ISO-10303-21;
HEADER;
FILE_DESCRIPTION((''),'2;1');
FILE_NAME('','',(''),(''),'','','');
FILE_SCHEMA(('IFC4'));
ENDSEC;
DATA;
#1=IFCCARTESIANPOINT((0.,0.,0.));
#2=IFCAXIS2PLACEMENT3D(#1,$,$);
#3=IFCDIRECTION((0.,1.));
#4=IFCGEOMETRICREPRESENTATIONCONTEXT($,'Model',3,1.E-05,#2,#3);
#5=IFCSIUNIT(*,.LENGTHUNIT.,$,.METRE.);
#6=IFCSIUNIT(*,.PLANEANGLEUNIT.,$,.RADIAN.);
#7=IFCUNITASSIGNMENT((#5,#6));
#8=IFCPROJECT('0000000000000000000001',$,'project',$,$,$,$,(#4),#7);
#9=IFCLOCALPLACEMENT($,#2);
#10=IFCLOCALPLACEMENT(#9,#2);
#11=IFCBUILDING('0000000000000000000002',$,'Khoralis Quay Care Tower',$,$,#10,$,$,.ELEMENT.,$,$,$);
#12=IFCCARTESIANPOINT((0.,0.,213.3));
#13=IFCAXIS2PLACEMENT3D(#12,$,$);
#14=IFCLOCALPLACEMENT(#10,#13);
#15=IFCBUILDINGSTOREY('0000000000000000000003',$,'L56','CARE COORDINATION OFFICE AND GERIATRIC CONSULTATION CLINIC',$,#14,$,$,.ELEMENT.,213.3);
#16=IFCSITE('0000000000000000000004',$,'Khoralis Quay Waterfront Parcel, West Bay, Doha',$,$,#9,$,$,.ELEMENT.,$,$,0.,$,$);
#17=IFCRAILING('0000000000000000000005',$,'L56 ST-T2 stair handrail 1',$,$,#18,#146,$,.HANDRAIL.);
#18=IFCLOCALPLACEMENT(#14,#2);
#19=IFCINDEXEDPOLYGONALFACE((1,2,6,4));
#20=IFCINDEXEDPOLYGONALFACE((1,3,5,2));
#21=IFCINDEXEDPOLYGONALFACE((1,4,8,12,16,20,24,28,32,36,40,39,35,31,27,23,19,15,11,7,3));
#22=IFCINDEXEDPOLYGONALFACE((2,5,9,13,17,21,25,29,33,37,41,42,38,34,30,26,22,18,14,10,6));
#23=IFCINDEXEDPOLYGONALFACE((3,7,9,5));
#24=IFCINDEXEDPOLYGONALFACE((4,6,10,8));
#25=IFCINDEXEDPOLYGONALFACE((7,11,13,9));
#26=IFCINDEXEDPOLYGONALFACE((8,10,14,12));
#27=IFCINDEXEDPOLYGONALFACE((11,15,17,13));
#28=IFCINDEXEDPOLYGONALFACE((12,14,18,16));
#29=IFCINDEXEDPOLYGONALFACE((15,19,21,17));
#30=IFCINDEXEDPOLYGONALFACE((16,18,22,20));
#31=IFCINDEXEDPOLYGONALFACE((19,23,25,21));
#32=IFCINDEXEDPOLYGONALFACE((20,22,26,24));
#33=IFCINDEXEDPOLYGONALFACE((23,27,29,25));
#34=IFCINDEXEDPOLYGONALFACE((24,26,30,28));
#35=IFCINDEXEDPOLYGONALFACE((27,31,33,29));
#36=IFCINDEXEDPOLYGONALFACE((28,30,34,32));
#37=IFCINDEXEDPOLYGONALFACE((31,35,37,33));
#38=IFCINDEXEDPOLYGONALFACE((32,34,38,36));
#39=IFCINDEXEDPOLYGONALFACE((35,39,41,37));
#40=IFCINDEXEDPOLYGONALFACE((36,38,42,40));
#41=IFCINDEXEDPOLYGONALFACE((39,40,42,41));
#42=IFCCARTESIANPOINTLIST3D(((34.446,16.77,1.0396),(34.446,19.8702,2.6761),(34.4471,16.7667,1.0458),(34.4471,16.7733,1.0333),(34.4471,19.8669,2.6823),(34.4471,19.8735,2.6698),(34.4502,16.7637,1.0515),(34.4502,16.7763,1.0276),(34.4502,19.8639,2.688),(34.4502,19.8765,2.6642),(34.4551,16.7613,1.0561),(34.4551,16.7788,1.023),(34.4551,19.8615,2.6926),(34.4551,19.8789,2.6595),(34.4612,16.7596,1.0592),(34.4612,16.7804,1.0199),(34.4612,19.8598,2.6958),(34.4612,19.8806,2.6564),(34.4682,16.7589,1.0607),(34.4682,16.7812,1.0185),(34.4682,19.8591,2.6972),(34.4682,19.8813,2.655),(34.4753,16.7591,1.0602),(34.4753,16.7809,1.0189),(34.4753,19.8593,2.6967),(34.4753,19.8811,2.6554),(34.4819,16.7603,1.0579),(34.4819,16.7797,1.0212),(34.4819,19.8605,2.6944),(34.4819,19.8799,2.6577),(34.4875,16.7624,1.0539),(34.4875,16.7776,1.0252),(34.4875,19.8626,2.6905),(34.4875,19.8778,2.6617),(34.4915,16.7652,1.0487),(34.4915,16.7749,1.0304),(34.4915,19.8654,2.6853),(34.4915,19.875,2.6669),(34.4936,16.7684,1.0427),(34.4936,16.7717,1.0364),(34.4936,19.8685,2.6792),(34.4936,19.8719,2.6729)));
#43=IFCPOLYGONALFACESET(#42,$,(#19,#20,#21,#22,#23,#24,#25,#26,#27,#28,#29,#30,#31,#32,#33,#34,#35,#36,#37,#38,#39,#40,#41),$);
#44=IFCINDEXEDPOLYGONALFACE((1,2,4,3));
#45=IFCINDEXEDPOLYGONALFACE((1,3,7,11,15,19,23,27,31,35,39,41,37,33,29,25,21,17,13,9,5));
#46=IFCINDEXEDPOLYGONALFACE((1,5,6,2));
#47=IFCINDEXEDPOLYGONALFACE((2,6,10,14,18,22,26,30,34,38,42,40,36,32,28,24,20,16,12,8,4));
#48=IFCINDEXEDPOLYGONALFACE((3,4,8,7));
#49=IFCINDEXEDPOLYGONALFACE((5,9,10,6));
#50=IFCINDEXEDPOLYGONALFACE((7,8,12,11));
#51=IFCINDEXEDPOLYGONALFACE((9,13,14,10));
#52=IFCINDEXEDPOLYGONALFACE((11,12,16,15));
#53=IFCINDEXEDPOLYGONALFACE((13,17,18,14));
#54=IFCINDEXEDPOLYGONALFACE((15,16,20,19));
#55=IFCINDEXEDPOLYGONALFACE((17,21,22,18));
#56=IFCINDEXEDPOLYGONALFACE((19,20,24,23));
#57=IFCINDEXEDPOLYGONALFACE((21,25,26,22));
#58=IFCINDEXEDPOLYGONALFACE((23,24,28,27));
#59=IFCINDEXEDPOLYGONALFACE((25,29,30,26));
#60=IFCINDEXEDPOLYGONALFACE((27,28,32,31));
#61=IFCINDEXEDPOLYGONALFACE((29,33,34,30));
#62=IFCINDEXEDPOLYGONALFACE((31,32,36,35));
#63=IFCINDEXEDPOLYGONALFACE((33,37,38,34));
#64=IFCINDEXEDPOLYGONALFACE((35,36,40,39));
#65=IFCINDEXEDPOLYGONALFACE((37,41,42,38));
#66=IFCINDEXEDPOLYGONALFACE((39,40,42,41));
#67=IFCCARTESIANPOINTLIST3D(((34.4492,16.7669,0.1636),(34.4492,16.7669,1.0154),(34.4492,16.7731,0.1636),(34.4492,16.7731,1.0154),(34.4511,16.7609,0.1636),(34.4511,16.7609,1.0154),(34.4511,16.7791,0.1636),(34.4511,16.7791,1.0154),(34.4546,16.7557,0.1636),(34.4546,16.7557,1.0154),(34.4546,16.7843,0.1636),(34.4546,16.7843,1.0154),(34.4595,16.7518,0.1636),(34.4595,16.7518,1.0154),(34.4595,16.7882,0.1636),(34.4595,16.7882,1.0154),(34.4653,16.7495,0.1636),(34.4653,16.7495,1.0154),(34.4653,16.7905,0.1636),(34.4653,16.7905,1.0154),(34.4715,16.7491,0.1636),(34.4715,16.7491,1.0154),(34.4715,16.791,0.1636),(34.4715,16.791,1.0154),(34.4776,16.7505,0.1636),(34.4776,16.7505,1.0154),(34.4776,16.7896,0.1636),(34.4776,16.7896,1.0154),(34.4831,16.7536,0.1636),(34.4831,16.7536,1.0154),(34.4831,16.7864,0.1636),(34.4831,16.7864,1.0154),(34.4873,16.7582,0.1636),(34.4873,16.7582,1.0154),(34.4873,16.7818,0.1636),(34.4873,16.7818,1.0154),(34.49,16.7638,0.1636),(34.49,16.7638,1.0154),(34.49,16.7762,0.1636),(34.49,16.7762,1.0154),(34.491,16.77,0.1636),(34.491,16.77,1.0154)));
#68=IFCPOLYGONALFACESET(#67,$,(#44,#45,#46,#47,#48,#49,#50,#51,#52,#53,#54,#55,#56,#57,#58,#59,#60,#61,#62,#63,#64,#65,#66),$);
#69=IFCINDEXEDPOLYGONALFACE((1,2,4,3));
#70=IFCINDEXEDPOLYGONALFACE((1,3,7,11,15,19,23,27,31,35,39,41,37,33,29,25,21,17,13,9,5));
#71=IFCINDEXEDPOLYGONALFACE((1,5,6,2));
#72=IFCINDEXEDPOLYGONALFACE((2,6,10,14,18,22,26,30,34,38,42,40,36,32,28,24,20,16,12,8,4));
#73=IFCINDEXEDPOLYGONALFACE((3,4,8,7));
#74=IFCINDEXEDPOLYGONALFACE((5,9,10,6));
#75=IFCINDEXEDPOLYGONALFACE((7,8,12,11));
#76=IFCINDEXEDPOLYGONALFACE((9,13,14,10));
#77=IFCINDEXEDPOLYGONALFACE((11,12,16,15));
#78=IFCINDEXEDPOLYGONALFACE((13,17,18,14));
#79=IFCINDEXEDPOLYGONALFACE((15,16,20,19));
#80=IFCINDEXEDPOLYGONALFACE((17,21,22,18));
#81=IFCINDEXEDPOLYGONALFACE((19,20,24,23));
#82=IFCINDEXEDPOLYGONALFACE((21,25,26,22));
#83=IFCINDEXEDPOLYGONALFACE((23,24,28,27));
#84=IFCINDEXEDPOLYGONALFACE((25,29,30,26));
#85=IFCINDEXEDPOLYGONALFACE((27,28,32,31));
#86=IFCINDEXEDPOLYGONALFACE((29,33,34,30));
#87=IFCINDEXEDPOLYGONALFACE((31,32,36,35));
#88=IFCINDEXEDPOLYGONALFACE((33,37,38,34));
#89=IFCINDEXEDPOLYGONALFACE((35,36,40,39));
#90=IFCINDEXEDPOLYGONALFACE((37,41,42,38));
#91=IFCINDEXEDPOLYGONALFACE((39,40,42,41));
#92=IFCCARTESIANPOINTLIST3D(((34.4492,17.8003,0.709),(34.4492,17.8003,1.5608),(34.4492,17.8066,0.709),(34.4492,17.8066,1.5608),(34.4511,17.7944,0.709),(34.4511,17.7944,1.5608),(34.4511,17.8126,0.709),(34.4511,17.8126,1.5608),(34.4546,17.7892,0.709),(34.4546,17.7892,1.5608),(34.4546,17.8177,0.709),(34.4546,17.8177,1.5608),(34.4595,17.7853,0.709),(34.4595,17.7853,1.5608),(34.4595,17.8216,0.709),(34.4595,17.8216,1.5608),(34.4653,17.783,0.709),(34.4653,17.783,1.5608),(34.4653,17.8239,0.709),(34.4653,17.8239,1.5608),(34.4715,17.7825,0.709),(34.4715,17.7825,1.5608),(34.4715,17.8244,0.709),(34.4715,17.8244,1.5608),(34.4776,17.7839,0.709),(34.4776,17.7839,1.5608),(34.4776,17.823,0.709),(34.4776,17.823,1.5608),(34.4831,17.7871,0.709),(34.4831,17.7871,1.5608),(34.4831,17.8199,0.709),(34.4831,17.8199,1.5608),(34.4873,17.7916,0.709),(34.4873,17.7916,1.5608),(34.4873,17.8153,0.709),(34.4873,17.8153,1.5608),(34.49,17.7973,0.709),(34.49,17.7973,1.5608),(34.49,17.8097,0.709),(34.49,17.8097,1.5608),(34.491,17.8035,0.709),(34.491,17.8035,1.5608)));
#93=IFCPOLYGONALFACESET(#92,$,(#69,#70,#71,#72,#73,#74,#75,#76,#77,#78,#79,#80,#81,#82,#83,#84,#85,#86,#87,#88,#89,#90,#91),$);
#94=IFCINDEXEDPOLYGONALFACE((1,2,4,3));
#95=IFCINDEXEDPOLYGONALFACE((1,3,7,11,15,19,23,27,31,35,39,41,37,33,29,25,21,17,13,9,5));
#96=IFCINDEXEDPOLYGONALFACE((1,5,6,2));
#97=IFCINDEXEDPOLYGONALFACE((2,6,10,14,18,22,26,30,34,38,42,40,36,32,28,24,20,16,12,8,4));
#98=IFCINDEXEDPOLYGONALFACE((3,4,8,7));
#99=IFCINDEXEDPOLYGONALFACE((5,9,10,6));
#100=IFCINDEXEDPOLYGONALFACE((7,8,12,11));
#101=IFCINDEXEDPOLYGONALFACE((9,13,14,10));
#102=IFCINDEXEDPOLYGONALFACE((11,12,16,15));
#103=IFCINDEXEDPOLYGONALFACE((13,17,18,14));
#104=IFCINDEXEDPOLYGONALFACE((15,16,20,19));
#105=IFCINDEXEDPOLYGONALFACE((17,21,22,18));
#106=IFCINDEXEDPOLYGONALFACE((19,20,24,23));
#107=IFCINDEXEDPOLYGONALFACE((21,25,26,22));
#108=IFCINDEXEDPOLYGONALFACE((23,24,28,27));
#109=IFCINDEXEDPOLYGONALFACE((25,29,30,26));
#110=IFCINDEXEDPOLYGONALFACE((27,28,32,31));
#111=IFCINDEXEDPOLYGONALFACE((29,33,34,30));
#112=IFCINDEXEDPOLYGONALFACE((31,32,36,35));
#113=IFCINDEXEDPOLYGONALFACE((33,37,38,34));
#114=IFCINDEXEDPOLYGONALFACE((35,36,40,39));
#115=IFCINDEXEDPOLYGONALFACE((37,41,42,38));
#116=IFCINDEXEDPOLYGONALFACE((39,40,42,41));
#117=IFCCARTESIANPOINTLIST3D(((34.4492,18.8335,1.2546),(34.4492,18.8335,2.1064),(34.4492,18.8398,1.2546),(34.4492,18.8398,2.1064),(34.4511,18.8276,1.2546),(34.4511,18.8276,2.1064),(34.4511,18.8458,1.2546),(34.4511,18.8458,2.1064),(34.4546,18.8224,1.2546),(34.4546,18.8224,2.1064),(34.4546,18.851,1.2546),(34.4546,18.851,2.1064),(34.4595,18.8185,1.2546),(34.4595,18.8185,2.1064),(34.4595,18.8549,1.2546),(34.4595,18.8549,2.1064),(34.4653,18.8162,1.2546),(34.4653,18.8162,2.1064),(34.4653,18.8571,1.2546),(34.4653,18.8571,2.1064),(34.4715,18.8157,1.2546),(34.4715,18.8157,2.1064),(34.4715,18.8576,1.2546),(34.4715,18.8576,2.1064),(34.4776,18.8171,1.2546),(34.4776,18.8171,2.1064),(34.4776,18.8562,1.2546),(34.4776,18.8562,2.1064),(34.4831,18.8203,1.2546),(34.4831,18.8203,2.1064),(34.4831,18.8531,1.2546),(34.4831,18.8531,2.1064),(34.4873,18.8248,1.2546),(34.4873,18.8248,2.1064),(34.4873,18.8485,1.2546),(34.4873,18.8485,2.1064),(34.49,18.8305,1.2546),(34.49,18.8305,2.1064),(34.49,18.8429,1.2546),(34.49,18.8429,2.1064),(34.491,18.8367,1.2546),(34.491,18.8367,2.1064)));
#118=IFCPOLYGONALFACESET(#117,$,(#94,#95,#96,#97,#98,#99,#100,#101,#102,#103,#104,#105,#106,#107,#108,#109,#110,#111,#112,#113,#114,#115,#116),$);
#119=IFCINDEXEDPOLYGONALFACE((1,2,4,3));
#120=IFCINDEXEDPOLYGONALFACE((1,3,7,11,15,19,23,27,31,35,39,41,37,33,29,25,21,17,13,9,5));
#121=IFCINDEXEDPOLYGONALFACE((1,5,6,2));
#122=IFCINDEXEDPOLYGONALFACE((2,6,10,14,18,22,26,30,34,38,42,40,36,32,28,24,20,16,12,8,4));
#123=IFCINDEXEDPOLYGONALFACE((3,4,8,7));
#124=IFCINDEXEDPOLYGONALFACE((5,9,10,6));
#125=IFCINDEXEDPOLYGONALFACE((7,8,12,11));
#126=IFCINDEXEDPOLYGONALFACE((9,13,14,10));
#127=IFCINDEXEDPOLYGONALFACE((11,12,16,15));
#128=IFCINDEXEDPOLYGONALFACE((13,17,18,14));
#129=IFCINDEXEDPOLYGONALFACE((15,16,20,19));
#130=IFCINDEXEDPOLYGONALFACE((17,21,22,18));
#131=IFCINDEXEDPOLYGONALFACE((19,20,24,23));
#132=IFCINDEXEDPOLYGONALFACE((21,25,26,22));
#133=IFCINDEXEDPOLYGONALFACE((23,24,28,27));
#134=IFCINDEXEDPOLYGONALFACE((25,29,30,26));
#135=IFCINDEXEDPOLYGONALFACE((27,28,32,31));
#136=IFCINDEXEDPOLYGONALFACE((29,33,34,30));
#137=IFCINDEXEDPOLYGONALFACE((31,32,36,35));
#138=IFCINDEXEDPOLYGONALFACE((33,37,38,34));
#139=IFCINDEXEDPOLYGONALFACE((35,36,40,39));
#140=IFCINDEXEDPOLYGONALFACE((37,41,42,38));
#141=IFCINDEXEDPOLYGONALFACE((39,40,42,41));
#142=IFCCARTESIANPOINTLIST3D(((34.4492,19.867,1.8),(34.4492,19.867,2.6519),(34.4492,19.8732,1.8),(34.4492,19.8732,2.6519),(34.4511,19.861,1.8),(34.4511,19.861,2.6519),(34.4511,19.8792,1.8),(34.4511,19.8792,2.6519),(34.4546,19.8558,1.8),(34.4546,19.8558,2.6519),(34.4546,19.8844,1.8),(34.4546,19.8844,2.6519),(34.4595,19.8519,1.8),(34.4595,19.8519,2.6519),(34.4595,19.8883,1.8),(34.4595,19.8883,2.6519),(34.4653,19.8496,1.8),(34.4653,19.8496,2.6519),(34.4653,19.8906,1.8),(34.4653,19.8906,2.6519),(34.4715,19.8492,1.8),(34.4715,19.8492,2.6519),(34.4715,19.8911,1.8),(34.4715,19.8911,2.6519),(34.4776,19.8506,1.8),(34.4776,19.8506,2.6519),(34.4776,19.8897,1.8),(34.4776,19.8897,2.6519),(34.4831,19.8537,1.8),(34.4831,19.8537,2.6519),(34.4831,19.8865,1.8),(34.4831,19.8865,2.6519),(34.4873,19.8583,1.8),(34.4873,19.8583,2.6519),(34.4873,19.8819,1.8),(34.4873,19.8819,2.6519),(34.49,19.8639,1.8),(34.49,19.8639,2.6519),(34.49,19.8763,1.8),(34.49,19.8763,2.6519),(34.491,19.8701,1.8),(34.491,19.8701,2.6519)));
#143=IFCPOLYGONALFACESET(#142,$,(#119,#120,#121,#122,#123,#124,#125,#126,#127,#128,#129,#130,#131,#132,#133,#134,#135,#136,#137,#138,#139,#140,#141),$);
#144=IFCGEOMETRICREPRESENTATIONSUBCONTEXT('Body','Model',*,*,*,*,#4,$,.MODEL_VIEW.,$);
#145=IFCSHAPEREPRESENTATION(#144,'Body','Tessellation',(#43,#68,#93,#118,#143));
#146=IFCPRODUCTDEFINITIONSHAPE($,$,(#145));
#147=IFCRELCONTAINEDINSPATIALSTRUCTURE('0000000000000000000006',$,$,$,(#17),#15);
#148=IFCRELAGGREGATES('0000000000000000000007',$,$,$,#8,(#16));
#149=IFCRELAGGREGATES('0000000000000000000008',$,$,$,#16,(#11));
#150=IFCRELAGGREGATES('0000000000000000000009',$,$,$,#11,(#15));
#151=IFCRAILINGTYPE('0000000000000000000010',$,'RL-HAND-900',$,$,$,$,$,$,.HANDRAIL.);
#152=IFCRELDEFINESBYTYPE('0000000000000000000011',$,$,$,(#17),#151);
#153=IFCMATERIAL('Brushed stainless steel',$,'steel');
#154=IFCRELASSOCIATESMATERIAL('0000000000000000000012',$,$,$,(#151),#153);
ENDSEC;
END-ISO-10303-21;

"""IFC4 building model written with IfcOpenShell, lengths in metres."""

from ifc_helpers import new_model, si_unit, direction, frame, origin, origin_2d, place, context, subcontext, project, spatial, circle, extrude, material, type_object, element, save


model = new_model("IFC4")

# Units and contexts
model_context = context("Model", 3, precision=1e-05, world=origin(), true_north=direction((0.0, 1.0)))
body_context = subcontext(model_context, "Body", "Model", "MODEL_VIEW")
ifc_project = project(units=[si_unit("LENGTHUNIT", "METRE"), si_unit("PLANEANGLEUNIT", "RADIAN")], contexts=[model_context])

# Site, building, storey
site_placement = place(None, origin())
site = spatial("IfcSite", under=ifc_project, at=site_placement, Name="Khoralis Quay Waterfront Parcel, West Bay, Doha", CompositionType="ELEMENT", RefElevation=0.0)
building_placement = place(site_placement, origin())
building = spatial("IfcBuilding", under=site, at=building_placement, Name="Khoralis Quay Care Tower", CompositionType="ELEMENT")
storey_placement = place(building_placement, frame((0.0, 0.0, 213.3)))
storey = spatial("IfcBuildingStorey", under=building, at=storey_placement, Name="L56", Description="CARE COORDINATION OFFICE AND GERIATRIC CONSULTATION CLINIC", CompositionType="ELEMENT", Elevation=213.3)

# Railing
ifc_material_1 = material(Name="Brushed stainless steel", Category="steel")
railing_type = type_object("IfcRailingType", Name="RL-HAND-900", PredefinedType="HANDRAIL", material=ifc_material_1)
railing_placement = place(storey_placement, frame((34.47, 16.77, 0.1636)))
element("IfcRailing", 1, at=railing_placement, inside=storey, type_object=railing_type, Name="L56 ST-T2 stair handrail 1", PredefinedType="HANDRAIL", context=body_context, shape_type="SweptSolid", body=[
    extrude(circle(Radius=0.0239, at=origin_2d()), frame((0.0, 0.0, 0.876), z_axis=(0.0, 0.884348, 0.466828), x_axis=(-1.0, 0.0, 0.0)), (0.0, 0.0, 1.0), 3.5056),
    extrude(circle(Radius=0.021, at=origin_2d()), origin(), (0.0, 0.0, 1.0), 0.8518),
    extrude(circle(Radius=0.021, at=origin_2d()), frame((0.0, 1.0334, 0.5454)), (0.0, 0.0, 1.0), 0.8518),
    extrude(circle(Radius=0.021, at=origin_2d()), frame((0.0, 2.0667, 1.0911)), (0.0, 0.0, 1.0), 0.8518),
    extrude(circle(Radius=0.021, at=origin_2d()), frame((0.0, 3.1001, 1.6365)), (0.0, 0.0, 1.0), 0.8518),
])

save(model, "model.ifc")
